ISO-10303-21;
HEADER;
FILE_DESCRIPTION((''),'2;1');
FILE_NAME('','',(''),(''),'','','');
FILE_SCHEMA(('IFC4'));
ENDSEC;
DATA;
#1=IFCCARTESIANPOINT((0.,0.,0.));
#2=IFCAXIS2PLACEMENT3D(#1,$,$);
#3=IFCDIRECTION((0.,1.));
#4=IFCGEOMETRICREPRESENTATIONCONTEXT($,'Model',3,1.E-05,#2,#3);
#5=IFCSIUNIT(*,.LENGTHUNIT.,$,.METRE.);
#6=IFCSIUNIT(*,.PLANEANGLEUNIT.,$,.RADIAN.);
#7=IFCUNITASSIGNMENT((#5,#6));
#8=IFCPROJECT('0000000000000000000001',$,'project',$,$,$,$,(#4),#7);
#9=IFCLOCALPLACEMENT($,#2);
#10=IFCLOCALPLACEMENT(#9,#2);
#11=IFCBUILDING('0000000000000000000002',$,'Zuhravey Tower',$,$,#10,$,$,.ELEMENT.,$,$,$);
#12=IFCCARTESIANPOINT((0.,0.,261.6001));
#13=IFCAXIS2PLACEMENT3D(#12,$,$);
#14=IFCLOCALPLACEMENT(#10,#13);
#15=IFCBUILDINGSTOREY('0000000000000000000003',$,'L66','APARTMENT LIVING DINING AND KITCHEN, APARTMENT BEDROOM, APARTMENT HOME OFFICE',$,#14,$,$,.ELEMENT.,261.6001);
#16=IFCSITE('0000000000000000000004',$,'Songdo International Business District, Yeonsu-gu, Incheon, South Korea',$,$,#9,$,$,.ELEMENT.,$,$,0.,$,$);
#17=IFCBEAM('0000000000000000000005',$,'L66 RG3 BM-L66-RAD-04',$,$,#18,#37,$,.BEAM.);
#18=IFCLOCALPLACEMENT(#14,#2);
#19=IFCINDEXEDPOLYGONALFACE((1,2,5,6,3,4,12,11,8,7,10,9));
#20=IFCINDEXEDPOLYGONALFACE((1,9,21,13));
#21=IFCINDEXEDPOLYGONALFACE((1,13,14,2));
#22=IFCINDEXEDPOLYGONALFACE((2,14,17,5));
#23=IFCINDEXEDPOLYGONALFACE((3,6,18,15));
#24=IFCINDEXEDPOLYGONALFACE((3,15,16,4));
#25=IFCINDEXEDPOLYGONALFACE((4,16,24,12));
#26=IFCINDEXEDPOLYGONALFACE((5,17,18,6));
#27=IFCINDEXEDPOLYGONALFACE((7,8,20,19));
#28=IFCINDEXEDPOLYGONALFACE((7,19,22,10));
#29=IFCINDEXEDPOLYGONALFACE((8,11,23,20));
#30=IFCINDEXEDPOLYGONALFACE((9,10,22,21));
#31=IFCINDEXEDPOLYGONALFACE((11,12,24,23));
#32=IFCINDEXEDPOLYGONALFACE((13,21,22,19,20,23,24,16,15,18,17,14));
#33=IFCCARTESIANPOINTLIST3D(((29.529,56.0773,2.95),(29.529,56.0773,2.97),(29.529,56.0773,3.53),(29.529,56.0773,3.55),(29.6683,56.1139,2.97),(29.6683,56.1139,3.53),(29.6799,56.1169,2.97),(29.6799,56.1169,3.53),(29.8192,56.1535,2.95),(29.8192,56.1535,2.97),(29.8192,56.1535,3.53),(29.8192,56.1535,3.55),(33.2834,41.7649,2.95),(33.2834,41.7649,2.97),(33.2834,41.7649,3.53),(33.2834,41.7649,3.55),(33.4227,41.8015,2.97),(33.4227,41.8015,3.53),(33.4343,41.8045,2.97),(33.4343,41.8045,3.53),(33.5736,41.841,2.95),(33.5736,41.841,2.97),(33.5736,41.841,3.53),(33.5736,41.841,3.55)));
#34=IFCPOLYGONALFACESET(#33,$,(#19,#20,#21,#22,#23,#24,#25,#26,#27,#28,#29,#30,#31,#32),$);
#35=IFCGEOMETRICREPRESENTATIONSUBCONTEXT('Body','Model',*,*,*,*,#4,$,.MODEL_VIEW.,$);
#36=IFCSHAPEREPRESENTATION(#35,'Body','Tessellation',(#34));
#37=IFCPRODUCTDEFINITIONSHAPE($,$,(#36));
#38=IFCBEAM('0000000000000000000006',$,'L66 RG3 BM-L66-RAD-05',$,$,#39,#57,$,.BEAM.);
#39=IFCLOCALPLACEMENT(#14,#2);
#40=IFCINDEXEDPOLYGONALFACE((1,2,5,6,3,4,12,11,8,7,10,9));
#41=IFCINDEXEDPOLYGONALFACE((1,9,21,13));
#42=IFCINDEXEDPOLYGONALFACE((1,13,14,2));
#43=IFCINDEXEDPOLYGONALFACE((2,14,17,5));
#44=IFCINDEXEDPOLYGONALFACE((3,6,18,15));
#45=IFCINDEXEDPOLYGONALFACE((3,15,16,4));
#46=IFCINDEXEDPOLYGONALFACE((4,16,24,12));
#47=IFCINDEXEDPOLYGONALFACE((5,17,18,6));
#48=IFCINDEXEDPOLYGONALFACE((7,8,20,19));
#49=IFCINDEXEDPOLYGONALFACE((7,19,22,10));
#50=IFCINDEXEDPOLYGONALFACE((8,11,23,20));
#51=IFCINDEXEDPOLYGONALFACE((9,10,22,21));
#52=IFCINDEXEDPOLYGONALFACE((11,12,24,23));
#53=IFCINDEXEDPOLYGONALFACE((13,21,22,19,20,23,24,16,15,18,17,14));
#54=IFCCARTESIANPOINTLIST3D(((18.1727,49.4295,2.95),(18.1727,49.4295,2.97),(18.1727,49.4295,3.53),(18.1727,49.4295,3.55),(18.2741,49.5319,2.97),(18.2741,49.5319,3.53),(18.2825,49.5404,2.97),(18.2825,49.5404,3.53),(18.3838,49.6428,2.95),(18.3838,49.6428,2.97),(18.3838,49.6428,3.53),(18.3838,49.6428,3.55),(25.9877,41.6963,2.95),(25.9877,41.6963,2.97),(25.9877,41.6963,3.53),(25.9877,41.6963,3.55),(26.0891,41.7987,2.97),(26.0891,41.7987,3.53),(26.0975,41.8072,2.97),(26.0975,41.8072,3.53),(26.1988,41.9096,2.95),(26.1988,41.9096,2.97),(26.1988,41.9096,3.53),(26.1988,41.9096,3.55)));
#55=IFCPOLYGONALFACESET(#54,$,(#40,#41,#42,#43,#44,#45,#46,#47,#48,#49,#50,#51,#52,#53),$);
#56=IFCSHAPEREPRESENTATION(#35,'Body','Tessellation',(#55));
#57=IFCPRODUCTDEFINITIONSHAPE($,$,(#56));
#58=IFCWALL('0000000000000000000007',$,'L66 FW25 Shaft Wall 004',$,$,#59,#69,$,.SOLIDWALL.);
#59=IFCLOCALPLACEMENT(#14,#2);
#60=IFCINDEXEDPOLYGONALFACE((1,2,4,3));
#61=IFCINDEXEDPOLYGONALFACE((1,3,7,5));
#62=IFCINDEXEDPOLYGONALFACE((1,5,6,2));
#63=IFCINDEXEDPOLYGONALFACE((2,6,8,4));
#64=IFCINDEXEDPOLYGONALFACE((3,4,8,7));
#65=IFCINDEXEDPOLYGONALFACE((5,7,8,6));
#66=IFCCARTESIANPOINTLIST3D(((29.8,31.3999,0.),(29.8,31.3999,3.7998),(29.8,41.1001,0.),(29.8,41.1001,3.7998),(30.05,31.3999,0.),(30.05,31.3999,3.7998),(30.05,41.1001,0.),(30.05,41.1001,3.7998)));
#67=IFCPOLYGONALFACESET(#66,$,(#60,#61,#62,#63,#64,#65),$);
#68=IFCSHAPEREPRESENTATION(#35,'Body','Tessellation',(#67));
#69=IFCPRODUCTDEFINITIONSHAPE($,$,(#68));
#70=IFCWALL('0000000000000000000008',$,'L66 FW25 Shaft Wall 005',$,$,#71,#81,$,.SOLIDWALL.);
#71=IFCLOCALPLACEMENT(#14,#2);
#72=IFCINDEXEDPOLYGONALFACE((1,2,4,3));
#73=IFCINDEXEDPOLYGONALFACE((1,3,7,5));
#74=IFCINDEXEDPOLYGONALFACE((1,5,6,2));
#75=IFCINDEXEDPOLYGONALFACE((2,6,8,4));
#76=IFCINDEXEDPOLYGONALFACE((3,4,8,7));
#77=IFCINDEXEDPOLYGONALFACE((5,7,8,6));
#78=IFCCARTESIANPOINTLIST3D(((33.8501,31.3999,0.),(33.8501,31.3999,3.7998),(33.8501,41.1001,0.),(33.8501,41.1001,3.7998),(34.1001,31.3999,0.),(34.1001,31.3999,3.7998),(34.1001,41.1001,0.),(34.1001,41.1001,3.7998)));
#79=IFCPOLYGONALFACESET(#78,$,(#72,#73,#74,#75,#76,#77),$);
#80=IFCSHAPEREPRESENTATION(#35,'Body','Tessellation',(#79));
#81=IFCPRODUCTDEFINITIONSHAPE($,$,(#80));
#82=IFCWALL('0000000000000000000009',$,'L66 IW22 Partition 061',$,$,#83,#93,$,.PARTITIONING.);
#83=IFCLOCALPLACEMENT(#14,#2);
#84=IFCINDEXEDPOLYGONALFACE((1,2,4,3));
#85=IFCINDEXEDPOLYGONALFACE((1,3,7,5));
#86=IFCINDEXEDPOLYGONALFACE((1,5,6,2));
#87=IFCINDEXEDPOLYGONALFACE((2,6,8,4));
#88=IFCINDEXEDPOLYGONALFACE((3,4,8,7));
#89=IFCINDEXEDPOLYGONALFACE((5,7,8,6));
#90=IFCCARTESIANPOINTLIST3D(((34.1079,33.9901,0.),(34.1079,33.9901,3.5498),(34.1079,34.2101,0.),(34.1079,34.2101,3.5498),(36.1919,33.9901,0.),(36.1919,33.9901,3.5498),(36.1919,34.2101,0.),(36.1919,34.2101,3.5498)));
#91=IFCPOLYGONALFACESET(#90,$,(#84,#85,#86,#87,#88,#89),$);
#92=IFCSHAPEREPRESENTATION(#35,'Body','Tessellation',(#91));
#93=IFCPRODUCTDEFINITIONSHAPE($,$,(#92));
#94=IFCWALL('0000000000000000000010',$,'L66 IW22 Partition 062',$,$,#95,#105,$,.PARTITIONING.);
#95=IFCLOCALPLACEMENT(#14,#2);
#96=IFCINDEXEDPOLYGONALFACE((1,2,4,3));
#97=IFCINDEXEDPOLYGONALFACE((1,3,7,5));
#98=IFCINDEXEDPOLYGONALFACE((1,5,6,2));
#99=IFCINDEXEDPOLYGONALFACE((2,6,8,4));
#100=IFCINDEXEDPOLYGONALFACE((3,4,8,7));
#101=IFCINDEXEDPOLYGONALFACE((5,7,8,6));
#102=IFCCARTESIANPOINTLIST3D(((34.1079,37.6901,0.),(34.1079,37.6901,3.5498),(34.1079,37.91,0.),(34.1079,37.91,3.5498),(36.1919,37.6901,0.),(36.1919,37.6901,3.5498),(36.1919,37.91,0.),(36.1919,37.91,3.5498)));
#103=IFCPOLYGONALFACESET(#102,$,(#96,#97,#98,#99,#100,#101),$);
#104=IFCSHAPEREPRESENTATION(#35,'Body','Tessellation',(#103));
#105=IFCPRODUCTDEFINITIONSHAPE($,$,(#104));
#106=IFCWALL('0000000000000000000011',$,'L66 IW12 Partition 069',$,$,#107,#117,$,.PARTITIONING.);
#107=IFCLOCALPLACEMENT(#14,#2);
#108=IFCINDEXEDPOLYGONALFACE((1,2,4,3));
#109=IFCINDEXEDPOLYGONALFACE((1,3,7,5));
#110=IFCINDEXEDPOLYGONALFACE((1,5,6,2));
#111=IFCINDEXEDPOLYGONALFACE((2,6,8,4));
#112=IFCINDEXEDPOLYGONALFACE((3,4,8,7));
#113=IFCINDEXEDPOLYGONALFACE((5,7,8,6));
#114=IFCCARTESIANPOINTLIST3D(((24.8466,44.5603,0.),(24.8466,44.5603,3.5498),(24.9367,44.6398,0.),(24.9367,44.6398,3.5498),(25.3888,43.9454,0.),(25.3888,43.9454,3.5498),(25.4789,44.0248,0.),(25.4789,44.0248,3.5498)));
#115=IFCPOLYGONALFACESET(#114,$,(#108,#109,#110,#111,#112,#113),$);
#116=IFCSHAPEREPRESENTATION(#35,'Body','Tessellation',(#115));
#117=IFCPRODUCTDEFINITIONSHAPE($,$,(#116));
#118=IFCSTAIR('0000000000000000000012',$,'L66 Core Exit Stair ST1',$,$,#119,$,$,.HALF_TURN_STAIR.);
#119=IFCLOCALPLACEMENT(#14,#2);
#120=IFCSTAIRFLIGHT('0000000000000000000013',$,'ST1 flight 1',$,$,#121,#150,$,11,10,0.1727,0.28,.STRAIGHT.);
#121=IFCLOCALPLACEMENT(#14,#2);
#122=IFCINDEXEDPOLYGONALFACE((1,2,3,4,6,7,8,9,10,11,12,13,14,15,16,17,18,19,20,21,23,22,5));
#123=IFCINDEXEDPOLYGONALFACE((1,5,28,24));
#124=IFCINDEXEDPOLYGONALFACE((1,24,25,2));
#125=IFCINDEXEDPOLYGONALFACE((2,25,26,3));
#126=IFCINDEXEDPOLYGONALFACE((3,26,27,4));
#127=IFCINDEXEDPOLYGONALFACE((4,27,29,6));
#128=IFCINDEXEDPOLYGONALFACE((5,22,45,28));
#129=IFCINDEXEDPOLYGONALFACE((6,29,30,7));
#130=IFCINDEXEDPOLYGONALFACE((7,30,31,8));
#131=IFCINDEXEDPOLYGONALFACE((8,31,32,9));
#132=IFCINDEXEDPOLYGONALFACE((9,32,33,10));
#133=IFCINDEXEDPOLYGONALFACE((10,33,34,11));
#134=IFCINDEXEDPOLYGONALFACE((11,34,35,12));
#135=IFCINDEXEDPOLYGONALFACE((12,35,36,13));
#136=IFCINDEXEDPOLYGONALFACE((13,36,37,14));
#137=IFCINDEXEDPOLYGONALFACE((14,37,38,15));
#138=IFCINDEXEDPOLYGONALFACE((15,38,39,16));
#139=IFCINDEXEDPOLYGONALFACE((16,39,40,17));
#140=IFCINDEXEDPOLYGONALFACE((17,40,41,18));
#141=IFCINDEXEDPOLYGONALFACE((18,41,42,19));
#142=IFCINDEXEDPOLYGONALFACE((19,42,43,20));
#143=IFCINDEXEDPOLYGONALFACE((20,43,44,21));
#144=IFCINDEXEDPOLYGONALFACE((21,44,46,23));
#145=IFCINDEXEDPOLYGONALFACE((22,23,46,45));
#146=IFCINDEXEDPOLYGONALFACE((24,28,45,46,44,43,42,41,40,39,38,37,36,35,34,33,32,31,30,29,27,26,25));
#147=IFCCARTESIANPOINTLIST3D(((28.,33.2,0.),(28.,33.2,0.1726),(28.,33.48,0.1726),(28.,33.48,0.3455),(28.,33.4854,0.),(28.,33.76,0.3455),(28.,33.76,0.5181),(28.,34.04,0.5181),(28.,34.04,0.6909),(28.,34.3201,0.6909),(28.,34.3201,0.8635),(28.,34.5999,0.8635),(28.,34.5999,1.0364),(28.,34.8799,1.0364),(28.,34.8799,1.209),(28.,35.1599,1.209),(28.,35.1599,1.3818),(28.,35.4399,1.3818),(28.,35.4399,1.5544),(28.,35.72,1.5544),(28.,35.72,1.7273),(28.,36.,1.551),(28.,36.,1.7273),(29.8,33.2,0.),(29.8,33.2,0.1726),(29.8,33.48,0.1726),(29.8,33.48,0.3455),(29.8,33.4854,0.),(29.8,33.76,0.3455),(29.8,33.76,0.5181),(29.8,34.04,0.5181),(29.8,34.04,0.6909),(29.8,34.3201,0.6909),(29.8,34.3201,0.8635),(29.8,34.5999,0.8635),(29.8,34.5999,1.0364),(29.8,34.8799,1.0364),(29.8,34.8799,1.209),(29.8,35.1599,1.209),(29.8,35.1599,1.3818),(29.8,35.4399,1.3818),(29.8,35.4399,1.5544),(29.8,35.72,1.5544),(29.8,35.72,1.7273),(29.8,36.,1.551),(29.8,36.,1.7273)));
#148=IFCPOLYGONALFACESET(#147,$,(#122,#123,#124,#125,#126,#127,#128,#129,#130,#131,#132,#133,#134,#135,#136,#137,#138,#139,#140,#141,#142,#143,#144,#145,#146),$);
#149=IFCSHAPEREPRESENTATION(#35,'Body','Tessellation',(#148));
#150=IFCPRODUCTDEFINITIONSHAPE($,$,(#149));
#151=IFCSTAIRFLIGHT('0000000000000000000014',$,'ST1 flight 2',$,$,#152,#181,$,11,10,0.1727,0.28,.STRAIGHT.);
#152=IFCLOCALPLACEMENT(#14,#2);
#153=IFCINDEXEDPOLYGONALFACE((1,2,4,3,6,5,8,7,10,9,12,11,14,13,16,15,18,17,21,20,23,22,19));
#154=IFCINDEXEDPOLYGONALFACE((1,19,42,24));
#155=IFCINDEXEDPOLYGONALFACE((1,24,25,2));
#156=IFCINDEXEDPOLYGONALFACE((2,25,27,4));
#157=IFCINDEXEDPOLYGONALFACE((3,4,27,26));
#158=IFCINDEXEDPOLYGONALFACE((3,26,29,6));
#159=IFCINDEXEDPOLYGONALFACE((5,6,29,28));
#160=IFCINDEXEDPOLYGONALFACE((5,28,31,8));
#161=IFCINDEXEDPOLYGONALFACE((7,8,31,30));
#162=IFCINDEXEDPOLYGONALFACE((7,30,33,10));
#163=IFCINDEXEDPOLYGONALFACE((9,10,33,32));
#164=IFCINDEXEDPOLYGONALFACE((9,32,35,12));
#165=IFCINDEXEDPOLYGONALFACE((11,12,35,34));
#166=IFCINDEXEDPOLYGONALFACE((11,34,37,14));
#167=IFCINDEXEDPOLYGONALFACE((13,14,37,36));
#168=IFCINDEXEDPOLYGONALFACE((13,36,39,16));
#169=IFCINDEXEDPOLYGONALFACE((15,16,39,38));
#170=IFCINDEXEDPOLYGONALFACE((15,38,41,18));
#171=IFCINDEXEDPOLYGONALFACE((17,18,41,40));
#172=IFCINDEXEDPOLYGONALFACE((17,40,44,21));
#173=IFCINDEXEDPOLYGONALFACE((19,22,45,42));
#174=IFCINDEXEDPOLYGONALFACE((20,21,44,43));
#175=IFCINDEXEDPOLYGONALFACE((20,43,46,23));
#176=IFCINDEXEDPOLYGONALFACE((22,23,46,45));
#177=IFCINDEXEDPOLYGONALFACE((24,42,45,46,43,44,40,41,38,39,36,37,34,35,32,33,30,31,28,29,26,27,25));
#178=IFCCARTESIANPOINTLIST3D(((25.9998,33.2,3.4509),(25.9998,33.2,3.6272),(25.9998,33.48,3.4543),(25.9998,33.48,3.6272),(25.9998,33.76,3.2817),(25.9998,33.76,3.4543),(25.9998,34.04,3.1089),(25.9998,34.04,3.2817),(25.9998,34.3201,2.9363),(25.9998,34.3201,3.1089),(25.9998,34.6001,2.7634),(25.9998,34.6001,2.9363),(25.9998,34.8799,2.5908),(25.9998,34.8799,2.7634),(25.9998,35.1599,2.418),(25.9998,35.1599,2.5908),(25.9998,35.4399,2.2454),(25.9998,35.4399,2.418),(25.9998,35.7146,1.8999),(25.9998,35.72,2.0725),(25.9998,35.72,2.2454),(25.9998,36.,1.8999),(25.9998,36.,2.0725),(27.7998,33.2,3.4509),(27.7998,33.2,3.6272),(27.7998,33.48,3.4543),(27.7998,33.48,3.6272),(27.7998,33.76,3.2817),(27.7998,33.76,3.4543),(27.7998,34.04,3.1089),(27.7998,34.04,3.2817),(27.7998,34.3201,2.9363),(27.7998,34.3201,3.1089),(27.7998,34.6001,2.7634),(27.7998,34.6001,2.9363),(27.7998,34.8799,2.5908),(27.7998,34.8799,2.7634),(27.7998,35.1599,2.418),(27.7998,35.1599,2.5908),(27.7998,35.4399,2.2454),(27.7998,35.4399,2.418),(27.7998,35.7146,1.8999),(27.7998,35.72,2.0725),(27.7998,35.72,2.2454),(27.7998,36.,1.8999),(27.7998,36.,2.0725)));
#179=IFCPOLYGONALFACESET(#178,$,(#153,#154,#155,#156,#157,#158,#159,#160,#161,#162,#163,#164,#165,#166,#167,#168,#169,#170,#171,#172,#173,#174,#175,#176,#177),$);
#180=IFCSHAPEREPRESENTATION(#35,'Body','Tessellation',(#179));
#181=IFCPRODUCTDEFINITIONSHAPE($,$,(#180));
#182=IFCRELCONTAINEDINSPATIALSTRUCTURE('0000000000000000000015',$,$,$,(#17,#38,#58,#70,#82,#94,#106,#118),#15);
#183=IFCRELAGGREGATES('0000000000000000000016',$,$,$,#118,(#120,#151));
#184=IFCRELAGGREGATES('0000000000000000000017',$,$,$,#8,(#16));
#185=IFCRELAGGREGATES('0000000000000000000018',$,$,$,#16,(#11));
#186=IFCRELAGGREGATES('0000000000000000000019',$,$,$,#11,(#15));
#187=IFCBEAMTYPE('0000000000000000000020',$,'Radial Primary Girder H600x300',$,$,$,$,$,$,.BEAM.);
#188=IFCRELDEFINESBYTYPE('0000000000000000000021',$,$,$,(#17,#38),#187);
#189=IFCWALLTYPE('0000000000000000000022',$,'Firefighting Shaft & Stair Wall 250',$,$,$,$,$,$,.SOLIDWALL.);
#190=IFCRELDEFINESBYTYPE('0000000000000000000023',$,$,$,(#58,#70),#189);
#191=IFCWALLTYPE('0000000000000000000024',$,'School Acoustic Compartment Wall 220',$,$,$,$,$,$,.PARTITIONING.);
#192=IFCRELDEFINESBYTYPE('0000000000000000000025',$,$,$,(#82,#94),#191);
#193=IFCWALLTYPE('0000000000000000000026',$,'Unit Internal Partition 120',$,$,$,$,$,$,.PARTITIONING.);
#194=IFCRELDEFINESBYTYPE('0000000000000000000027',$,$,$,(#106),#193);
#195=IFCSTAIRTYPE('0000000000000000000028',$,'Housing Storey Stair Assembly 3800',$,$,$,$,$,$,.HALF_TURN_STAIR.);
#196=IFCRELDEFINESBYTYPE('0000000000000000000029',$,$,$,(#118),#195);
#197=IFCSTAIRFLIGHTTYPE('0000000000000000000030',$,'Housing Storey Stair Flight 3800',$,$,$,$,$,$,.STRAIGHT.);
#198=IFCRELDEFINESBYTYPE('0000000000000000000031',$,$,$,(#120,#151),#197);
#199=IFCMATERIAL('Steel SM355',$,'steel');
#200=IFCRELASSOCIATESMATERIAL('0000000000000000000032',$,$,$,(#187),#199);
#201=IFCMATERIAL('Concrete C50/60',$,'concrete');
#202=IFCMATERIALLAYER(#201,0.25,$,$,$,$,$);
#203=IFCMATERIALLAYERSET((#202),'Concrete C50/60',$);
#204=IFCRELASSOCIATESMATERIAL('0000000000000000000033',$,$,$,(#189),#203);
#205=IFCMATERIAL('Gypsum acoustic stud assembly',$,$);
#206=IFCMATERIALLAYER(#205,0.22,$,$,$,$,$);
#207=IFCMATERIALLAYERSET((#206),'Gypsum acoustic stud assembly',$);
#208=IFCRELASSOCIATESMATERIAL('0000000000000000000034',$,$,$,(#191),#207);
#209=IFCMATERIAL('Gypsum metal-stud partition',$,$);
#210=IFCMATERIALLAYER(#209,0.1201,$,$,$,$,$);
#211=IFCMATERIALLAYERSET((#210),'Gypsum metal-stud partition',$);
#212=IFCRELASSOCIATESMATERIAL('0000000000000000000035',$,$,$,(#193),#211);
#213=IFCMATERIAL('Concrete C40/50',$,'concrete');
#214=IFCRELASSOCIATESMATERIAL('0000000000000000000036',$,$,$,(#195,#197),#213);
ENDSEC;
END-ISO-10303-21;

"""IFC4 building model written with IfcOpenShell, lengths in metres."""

from ifc_helpers import new_model, si_unit, direction, frame, frame_2d, origin, origin_2d, place, context, subcontext, project, spatial, polyline, rectangle, i_section, outline, extrude, material, layer, layer_set, material_profile, profile_set, type_object, element, aggregate, save


model = new_model("IFC4")

# Units and contexts
model_context = context("Model", 3, precision=1e-05, world=origin(), true_north=direction((0.0, 1.0)))
body_context = subcontext(model_context, "Body", "Model", "MODEL_VIEW")
ifc_project = project(units=[si_unit("LENGTHUNIT", "METRE"), si_unit("PLANEANGLEUNIT", "RADIAN")], contexts=[model_context])

# Site, building, storey
site_placement = place(None, origin())
site = spatial("IfcSite", under=ifc_project, at=site_placement, Name="Songdo International Business District, Yeonsu-gu, Incheon, South Korea", CompositionType="ELEMENT", RefElevation=0.0)
building_placement = place(site_placement, origin())
building = spatial("IfcBuilding", under=site, at=building_placement, Name="Zuhravey Tower", CompositionType="ELEMENT")
storey_placement = place(building_placement, frame((0.0, 0.0, 261.6001)))
storey = spatial("IfcBuildingStorey", under=building, at=storey_placement, Name="L66", Description="APARTMENT LIVING DINING AND KITCHEN, APARTMENT BEDROOM, APARTMENT HOME OFFICE", CompositionType="ELEMENT", Elevation=261.6001)

# Beams
ifc_material_1 = material(Name="Steel SM355", Category="steel")
ifc_material_profile = material_profile(ifc_material_1, i_section(OverallWidth=0.3, OverallDepth=0.6001, WebThickness=0.012, FlangeThickness=0.02, at=origin_2d()), Name="H-600x300x12x20")
ifc_profile_set = profile_set([ifc_material_profile], Name="Steel SM355")
beam_type = type_object("IfcBeamType", Name="Radial Primary Girder H600x300", PredefinedType="BEAM", material=ifc_profile_set)
beam_1_placement = place(storey_placement, frame((33.4285, 41.803, 3.25), z_axis=(-0.253731, 0.967275, 0.0), x_axis=(-0.967275, -0.253731, 0.0)))
element("IfcBeam", 1, at=beam_1_placement, inside=storey, type_object=beam_type, Name="L66 RG3 BM-L66-RAD-04", PredefinedType="BEAM", context=body_context, shape_type="SweptSolid", body=[
    extrude(i_section(OverallWidth=0.3, OverallDepth=0.6001, WebThickness=0.012, FlangeThickness=0.02, at=origin_2d()), origin(), (0.0, 0.0, 1.0), 14.7966),
])
beam_2_placement = place(storey_placement, frame((26.0933, 41.803, 3.25), z_axis=(-0.710817, 0.703377, 0.0), x_axis=(-0.703377, -0.710817, 0.0)))
element("IfcBeam", 2, at=beam_2_placement, inside=storey, type_object=beam_type, Name="L66 RG3 BM-L66-RAD-05", PredefinedType="BEAM", context=body_context, shape_type="SweptSolid", body=[
    extrude(i_section(OverallWidth=0.3, OverallDepth=0.6001, WebThickness=0.012, FlangeThickness=0.02, at=origin_2d()), origin(), (0.0, 0.0, 1.0), 10.9944),
])

# Shared definitions
ifc_material_2 = material(Name="Concrete C50/60", Category="concrete")
ifc_layer_1 = layer(ifc_material_2, 0.25)
ifc_layer_set_1 = layer_set([ifc_layer_1], Name="Concrete C50/60")
wall_type_1 = type_object("IfcWallType", Name="Firefighting Shaft & Stair Wall 250", PredefinedType="SOLIDWALL", material=ifc_layer_set_1)

# Walls
for number, where, z_axis, x_axis, name in (
    (3, (29.925, 31.3999, 0.0), (0.0, 0.0, 1.0), (0.0, 1.0, 0.0), "L66 FW25 Shaft Wall 004"),
    (4, (33.9751, 31.3999, 0.0), (0.0, 0.0, 1.0), (0.0, 1.0, 0.0), "L66 FW25 Shaft Wall 005"),
):
    element("IfcWall", number, at=place(storey_placement, frame(where, z_axis=z_axis, x_axis=x_axis)), inside=storey, type_object=wall_type_1, Name=name, PredefinedType="SOLIDWALL", context=body_context, shape_type="SweptSolid", body=[
        extrude(rectangle(XDim=9.7002, YDim=0.25, at=frame_2d((4.8501, 0.0))), origin(), (0.0, 0.0, 1.0), 3.7998),
    ])
ifc_material_3 = material(Name="Gypsum acoustic stud assembly")
ifc_layer_2 = layer(ifc_material_3, 0.22)
ifc_layer_set_2 = layer_set([ifc_layer_2], Name="Gypsum acoustic stud assembly")
wall_type_2 = type_object("IfcWallType", Name="School Acoustic Compartment Wall 220", PredefinedType="PARTITIONING", material=ifc_layer_set_2)
for number, where, z_axis, x_axis, name in (
    (5, (34.1079, 34.1001, 0.0), (0.0, 0.0, 1.0), (1.0, 0.0, 0.0), "L66 IW22 Partition 061"),
    (6, (34.1079, 37.8, 0.0), (0.0, 0.0, 1.0), (1.0, 0.0, 0.0), "L66 IW22 Partition 062"),
):
    element("IfcWall", number, at=place(storey_placement, frame(where, z_axis=z_axis, x_axis=x_axis)), inside=storey, type_object=wall_type_2, Name=name, PredefinedType="PARTITIONING", context=body_context, shape_type="SweptSolid", body=[
        extrude(rectangle(XDim=2.084, YDim=0.22, at=frame_2d((1.042, 0.0))), origin(), (0.0, 0.0, 1.0), 3.5498),
    ])
ifc_material_4 = material(Name="Gypsum metal-stud partition")
ifc_layer_3 = layer(ifc_material_4, 0.1201)
ifc_layer_set_3 = layer_set([ifc_layer_3], Name="Gypsum metal-stud partition")
wall_type_3 = type_object("IfcWallType", Name="Unit Internal Partition 120", PredefinedType="PARTITIONING", material=ifc_layer_set_3)
wall_1_placement = place(storey_placement, frame((25.4338, 43.9851, 0.0), z_axis=(0.0, 0.0, 1.0), x_axis=(-0.661346, 0.750081, 0.0)))
element("IfcWall", 7, at=wall_1_placement, inside=storey, type_object=wall_type_3, Name="L66 IW12 Partition 069", PredefinedType="PARTITIONING", context=body_context, shape_type="SweptSolid", body=[
    extrude(rectangle(XDim=0.8198, YDim=0.1201, at=frame_2d((0.4099, 0.0))), origin(), (0.0, 0.0, 1.0), 3.5498),
])

# Stair, stair flights
ifc_material_5 = material(Name="Concrete C40/50", Category="concrete")
stair_type = type_object("IfcStairType", Name="Housing Storey Stair Assembly 3800", PredefinedType="HALF_TURN_STAIR", material=ifc_material_5)
stair_1_placement = place(storey_placement, origin())
stair_1 = element("IfcStair", 8, at=stair_1_placement, inside=storey, type_object=stair_type, Name="L66 Core Exit Stair ST1", PredefinedType="HALF_TURN_STAIR")
stair_flight_type = type_object("IfcStairFlightType", Name="Housing Storey Stair Flight 3800", PredefinedType="STRAIGHT", material=ifc_material_5)
stair_flight_1_placement = place(storey_placement, frame((28.8999, 33.2, 0.0), z_axis=(0.0, 0.0, 1.0), x_axis=(0.0, 1.0, 0.0)))
stair_flight_1 = element("IfcStairFlight", 9, at=stair_flight_1_placement, type_object=stair_flight_type, Name="ST1 flight 1", NumberOfRisers=11, NumberOfTreads=10, PredefinedType="STRAIGHT", RiserHeight=0.1727, TreadLength=0.28, context=body_context, shape_type="SweptSolid", body=[
    extrude(outline(polyline([(0.0, 0.0), (0.0, 0.1726), (0.28, 0.1726), (0.28, 0.3455), (0.5601, 0.3455), (0.5601, 0.5181), (0.8401, 0.5181), (0.8401, 0.6909), (1.1201, 0.6909), (1.1201, 0.8635), (1.3999, 0.8635), (1.3999, 1.0364), (1.6799, 1.0364), (1.6799, 1.209), (1.96, 1.209), (1.96, 1.3818), (2.24, 1.3818), (2.24, 1.5544), (2.52, 1.5544), (2.52, 1.7273), (2.8, 1.7273), (2.8, 1.8999), (2.8, 1.551), (0.2854, 0.0), (0.0, 0.0)])), frame((0.0, 0.8999, 0.0), z_axis=(0.0, -1.0, 0.0), x_axis=(1.0, 0.0, 0.0)), (0.0, 0.0, 1.0), 1.8),
])
stair_flight_2_placement = place(storey_placement, frame((26.8999, 36.0, 1.8999), z_axis=(0.0, 0.0, 1.0), x_axis=(0.0, -1.0, 0.0)))
stair_flight_2 = element("IfcStairFlight", 10, at=stair_flight_2_placement, type_object=stair_flight_type, Name="ST1 flight 2", NumberOfRisers=11, NumberOfTreads=10, PredefinedType="STRAIGHT", RiserHeight=0.1727, TreadLength=0.28, context=body_context, shape_type="SweptSolid", body=[
    extrude(outline(polyline([(0.0, 0.0), (0.0, 0.1726), (0.28, 0.1726), (0.28, 0.3455), (0.5601, 0.3455), (0.5601, 0.5181), (0.8401, 0.5181), (0.8401, 0.6909), (1.1201, 0.6909), (1.1201, 0.8635), (1.3999, 0.8635), (1.3999, 1.0364), (1.6799, 1.0364), (1.6799, 1.209), (1.96, 1.209), (1.96, 1.3818), (2.24, 1.3818), (2.24, 1.5544), (2.52, 1.5544), (2.52, 1.7273), (2.8, 1.7273), (2.8, 1.8999), (2.8, 1.551), (0.2854, 0.0), (0.0, 0.0)])), frame((0.0, 0.8999, 0.0), z_axis=(0.0, -1.0, 0.0), x_axis=(1.0, 0.0, 0.0)), (0.0, 0.0, 1.0), 1.8),
])
aggregate(stair_1, [stair_flight_1, stair_flight_2])

save(model, "model.ifc")
